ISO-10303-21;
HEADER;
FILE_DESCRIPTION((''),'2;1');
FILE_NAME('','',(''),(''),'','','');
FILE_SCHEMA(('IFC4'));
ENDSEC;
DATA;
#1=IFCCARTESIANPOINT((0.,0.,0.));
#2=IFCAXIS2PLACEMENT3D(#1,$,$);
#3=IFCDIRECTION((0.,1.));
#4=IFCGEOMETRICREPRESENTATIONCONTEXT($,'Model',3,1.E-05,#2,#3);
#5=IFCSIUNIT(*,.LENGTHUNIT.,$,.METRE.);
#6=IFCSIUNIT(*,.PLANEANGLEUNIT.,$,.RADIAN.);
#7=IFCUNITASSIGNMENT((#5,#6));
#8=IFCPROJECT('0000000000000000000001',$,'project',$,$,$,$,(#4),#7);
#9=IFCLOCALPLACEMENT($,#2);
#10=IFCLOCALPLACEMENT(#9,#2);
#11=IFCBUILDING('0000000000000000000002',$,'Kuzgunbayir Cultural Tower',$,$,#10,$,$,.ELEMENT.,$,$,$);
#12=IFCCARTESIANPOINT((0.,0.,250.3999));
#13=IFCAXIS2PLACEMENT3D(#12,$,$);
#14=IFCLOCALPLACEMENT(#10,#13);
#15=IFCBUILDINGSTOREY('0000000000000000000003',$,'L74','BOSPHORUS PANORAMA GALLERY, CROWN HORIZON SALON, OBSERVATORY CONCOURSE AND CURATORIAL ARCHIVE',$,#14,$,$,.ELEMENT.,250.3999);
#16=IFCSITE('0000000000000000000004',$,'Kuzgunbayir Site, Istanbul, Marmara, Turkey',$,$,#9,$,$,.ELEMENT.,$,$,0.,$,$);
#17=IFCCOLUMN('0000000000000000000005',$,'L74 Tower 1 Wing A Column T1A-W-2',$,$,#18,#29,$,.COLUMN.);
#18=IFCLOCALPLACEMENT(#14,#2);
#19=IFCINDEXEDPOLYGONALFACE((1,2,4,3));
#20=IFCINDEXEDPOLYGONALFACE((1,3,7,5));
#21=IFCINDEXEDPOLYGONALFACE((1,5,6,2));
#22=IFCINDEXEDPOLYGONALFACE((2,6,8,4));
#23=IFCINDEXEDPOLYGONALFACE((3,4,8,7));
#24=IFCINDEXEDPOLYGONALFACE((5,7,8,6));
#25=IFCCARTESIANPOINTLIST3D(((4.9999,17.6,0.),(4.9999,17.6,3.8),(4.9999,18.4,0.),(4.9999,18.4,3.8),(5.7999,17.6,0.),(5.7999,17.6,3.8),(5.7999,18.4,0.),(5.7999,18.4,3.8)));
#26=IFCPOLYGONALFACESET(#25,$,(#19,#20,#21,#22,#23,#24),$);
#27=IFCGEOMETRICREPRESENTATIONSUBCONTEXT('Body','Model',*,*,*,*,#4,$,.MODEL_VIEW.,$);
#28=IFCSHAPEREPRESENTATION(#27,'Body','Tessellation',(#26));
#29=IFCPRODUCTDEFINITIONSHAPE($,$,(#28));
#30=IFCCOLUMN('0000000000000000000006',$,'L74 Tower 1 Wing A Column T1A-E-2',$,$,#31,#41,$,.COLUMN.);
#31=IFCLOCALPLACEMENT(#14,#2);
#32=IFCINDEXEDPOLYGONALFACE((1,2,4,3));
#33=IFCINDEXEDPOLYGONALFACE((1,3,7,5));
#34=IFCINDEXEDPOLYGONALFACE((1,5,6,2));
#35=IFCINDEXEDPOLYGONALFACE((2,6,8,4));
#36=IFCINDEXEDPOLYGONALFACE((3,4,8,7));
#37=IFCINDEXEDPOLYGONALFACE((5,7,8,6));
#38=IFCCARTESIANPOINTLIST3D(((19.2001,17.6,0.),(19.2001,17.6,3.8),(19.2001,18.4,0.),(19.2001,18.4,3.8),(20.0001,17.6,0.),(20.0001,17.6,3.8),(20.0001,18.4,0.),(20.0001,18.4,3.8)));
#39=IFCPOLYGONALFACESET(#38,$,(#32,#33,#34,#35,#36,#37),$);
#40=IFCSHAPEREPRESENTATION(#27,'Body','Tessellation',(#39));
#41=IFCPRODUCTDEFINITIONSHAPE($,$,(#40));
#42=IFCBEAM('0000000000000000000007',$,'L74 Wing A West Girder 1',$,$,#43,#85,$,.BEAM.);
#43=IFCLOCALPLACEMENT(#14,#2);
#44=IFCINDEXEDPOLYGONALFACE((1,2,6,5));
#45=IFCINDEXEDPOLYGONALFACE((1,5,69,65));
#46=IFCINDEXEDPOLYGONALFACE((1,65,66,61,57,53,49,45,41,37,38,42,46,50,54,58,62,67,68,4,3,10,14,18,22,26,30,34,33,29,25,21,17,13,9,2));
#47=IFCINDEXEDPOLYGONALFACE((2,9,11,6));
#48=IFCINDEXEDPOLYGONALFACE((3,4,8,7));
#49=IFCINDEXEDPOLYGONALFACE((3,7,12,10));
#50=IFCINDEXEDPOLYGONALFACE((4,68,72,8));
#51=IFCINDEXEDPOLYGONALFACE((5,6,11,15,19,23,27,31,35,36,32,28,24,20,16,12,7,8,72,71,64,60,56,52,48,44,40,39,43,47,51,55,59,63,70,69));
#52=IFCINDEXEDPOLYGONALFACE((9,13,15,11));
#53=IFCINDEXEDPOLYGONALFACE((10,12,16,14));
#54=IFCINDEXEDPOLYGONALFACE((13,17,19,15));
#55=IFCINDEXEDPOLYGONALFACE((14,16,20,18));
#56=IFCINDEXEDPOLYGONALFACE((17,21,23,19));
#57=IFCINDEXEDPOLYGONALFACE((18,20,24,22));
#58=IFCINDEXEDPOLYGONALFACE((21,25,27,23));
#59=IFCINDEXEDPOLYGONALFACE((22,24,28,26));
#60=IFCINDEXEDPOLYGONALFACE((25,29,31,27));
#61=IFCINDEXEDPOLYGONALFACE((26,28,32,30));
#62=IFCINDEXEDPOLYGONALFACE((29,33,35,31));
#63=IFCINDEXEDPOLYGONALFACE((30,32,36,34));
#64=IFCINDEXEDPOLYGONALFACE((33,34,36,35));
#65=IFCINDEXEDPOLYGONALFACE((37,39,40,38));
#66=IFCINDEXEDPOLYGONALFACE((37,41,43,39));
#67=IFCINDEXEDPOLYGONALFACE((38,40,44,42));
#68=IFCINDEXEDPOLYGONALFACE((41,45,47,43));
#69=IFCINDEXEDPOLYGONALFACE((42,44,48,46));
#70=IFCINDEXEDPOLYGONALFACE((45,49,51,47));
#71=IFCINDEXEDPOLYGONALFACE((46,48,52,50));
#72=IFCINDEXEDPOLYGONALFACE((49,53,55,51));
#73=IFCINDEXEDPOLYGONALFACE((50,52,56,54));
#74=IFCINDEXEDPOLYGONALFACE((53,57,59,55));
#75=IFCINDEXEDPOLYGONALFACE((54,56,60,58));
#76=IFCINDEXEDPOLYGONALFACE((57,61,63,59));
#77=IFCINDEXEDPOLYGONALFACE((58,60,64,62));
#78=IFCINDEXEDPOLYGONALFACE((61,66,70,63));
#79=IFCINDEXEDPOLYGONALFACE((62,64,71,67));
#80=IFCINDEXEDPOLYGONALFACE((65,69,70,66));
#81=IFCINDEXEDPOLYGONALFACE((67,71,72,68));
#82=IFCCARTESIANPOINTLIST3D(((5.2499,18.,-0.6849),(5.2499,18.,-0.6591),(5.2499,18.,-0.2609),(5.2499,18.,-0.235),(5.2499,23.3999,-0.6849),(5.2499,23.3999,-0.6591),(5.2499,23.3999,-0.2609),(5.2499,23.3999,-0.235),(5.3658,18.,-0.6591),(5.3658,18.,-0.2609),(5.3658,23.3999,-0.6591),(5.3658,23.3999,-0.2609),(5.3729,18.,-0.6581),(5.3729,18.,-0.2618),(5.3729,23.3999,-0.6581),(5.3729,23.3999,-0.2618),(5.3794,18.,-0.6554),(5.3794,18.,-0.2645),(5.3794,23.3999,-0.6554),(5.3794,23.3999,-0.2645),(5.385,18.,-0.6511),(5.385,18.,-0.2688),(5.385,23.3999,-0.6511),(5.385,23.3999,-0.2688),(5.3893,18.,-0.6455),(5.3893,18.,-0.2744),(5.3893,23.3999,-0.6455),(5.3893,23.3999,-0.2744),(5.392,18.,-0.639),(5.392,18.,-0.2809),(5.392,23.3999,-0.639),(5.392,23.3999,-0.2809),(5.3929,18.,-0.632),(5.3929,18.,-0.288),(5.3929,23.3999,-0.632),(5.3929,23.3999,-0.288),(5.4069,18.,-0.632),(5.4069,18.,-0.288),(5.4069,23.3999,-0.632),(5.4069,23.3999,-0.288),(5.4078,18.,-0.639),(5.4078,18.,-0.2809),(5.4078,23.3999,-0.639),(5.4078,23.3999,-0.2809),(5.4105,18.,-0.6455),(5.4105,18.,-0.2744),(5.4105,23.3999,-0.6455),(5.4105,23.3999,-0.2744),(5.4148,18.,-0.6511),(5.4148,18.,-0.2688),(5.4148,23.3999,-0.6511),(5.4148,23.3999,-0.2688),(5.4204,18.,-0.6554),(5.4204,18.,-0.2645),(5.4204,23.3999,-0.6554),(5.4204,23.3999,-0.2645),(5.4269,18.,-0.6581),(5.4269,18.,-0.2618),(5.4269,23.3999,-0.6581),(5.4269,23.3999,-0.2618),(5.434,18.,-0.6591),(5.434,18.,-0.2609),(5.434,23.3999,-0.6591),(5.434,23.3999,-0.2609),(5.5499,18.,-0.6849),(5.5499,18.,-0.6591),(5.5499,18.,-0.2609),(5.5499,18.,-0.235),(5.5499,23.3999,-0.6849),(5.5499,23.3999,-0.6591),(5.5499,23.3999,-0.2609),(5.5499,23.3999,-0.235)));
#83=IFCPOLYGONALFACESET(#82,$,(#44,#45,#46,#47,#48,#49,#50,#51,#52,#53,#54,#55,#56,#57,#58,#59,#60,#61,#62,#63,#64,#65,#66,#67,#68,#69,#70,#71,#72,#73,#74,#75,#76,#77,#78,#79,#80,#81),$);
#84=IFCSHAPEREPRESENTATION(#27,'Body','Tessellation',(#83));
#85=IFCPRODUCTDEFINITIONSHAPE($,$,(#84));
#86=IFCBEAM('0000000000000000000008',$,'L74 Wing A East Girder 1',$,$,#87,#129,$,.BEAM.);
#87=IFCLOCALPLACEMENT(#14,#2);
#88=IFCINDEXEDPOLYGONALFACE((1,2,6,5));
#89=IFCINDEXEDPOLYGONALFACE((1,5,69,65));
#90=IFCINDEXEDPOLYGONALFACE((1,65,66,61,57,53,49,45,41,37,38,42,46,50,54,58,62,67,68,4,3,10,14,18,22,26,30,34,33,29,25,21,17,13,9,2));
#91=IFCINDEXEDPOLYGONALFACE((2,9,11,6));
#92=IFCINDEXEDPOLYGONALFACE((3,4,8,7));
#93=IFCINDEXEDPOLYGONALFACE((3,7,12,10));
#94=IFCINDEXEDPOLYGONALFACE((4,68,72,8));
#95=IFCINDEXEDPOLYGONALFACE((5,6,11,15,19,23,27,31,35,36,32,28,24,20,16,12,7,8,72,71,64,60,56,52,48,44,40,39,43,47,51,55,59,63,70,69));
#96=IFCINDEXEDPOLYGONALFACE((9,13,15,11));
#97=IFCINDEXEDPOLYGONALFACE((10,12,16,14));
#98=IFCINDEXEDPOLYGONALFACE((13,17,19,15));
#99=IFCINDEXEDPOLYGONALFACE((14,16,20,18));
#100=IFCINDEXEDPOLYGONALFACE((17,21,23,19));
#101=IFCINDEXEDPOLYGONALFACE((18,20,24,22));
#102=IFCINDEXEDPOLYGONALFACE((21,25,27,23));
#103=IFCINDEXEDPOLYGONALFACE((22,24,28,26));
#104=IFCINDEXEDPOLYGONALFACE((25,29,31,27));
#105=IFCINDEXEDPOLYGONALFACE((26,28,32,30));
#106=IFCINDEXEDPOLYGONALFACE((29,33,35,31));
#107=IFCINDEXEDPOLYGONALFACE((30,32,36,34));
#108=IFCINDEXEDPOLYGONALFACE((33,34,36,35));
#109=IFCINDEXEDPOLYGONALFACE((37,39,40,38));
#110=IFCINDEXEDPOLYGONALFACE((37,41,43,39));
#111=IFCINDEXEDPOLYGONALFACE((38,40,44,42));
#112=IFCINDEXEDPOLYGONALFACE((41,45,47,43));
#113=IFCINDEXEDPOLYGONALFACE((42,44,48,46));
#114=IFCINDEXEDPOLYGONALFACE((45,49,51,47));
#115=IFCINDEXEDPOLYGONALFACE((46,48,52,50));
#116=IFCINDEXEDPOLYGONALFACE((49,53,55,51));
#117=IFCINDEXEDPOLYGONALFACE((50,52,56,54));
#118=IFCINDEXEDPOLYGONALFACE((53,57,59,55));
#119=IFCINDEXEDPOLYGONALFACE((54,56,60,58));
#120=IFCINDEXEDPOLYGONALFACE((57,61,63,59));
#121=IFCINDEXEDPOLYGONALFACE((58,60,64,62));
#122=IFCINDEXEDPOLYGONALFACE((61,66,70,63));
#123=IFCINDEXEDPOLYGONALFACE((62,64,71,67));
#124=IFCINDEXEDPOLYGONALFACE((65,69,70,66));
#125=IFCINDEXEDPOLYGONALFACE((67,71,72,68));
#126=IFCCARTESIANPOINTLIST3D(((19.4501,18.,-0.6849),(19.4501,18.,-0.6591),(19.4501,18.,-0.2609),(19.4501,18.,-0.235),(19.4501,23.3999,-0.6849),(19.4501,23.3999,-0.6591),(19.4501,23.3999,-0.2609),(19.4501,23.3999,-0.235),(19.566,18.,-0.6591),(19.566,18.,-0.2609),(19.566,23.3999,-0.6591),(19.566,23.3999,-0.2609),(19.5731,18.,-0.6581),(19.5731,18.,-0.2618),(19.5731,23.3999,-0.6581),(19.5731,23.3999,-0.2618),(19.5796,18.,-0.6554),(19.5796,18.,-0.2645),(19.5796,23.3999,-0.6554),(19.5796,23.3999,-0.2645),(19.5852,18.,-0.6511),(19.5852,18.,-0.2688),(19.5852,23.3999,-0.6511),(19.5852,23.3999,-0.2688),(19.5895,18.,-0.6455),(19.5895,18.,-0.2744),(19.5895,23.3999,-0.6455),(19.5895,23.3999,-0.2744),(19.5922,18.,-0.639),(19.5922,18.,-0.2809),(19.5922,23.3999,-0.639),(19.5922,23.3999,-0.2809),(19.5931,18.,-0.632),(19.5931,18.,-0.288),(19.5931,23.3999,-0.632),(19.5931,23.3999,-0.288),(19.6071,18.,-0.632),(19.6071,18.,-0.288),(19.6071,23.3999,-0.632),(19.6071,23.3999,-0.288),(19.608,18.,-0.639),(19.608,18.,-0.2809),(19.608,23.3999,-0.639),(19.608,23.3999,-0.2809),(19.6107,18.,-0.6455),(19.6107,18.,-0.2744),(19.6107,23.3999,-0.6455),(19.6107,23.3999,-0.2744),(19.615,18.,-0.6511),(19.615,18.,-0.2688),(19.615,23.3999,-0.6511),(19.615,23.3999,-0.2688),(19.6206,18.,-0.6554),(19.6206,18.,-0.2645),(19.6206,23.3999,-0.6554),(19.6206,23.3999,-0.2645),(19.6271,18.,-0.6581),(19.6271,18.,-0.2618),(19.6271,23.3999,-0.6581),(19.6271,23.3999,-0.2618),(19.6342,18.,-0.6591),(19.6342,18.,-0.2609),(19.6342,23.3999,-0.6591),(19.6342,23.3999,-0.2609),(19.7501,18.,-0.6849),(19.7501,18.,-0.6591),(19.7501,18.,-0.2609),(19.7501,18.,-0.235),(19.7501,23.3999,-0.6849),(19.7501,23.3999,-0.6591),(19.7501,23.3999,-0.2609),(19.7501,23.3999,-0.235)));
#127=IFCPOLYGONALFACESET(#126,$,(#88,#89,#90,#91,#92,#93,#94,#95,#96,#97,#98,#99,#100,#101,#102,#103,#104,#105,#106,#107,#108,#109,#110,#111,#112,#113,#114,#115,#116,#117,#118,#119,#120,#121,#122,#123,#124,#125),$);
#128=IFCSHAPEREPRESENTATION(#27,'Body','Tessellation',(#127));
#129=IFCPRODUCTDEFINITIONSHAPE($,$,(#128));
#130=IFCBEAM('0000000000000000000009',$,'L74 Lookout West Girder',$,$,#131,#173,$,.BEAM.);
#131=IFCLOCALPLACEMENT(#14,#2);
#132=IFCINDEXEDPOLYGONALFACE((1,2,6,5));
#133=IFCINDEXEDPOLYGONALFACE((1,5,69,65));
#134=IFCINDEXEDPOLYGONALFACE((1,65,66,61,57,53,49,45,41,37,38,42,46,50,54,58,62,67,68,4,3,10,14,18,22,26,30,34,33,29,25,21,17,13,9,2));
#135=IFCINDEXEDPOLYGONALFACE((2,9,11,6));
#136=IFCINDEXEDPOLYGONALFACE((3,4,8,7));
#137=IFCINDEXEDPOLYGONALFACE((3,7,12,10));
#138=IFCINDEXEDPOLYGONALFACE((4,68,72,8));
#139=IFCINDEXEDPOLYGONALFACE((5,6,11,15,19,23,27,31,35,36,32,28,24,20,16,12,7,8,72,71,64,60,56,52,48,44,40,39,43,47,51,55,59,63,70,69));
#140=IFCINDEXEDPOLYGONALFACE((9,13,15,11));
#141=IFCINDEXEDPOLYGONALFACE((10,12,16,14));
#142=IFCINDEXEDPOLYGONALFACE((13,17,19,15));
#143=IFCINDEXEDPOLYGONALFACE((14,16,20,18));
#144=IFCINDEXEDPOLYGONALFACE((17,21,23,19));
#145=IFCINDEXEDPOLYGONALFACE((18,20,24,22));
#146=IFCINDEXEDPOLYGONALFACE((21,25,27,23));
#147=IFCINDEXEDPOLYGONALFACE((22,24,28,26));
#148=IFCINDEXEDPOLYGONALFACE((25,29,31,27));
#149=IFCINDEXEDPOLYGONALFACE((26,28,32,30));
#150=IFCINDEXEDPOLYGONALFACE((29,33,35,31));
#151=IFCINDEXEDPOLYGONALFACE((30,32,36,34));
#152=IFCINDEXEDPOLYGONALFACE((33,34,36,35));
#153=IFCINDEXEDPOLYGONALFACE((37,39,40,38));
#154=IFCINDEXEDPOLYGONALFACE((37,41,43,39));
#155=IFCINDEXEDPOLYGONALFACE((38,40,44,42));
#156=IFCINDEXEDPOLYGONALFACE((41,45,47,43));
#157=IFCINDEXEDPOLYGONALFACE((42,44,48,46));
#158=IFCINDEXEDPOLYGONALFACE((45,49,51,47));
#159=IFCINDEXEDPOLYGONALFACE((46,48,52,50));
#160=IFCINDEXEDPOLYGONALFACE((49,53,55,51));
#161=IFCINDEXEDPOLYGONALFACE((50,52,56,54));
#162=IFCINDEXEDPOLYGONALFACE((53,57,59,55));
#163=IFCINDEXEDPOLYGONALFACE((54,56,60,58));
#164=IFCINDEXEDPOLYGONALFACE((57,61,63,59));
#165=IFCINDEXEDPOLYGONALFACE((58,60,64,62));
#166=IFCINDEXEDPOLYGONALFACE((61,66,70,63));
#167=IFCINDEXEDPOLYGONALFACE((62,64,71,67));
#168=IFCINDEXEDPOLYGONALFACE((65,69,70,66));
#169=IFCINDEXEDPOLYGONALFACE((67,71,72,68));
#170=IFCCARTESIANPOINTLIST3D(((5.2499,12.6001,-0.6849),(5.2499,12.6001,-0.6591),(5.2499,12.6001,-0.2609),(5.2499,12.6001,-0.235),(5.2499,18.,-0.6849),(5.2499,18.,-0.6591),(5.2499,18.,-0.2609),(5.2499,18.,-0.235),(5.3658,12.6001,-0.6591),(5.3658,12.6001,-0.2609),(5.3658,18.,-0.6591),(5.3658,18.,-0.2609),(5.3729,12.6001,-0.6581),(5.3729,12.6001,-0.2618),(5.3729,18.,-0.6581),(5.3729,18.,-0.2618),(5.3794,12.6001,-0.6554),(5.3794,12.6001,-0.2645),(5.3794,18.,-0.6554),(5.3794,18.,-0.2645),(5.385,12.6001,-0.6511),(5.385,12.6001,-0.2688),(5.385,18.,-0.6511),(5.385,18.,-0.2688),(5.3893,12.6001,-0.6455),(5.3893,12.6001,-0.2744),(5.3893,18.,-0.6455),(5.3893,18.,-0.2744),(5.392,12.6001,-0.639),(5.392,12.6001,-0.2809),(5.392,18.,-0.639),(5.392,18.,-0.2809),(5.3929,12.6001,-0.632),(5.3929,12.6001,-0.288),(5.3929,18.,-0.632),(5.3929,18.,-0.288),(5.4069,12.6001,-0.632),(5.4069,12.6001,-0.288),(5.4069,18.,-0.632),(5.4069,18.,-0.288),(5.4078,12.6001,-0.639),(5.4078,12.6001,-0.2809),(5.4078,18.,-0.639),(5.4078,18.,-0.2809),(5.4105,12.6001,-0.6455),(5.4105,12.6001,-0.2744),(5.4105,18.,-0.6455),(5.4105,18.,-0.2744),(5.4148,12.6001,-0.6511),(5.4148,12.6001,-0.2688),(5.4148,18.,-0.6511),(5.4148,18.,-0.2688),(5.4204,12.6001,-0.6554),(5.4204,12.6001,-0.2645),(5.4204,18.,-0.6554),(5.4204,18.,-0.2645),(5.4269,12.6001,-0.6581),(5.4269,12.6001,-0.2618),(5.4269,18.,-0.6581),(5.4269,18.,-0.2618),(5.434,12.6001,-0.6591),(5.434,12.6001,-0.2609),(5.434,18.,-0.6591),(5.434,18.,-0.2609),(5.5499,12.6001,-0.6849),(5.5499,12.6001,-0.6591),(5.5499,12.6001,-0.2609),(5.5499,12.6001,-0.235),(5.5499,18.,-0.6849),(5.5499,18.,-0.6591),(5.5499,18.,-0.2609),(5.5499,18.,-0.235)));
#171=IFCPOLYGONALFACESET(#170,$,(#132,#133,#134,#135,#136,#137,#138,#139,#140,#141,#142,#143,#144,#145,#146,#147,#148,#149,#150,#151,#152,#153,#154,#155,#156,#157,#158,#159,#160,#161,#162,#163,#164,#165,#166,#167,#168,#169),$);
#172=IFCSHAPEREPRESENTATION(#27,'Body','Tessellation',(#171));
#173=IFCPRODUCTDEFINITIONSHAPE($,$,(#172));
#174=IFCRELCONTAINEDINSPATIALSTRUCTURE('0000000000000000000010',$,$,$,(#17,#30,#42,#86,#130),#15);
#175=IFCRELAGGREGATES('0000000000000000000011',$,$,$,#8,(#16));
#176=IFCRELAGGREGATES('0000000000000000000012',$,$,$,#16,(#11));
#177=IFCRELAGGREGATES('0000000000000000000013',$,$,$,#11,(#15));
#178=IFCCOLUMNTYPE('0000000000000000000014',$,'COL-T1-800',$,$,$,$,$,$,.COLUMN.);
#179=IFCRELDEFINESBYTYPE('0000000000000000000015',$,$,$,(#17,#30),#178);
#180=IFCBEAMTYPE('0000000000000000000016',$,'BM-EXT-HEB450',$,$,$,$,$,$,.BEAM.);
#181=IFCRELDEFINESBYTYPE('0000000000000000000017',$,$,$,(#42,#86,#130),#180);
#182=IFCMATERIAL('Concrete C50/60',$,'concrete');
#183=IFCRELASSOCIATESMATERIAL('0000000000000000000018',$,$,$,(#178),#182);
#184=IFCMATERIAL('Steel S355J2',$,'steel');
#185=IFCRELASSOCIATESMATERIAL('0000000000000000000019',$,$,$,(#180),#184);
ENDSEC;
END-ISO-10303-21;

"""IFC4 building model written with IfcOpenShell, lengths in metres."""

from ifc_helpers import new_model, si_unit, direction, frame, origin, origin_2d, place, context, subcontext, project, spatial, rectangle, i_section, extrude, material, material_profile, profile_set, type_object, element, save


model = new_model("IFC4")

# Units and contexts
model_context = context("Model", 3, precision=1e-05, world=origin(), true_north=direction((0.0, 1.0)))
body_context = subcontext(model_context, "Body", "Model", "MODEL_VIEW")
ifc_project = project(units=[si_unit("LENGTHUNIT", "METRE"), si_unit("PLANEANGLEUNIT", "RADIAN")], contexts=[model_context])

# Site, building, storey
site_placement = place(None, origin())
site = spatial("IfcSite", under=ifc_project, at=site_placement, Name="Kuzgunbayir Site, Istanbul, Marmara, Turkey", CompositionType="ELEMENT", RefElevation=0.0)
building_placement = place(site_placement, origin())
building = spatial("IfcBuilding", under=site, at=building_placement, Name="Kuzgunbayir Cultural Tower", CompositionType="ELEMENT")
storey_placement = place(building_placement, frame((0.0, 0.0, 250.3999)))
storey = spatial("IfcBuildingStorey", under=building, at=storey_placement, Name="L74", Description="BOSPHORUS PANORAMA GALLERY, CROWN HORIZON SALON, OBSERVATORY CONCOURSE AND CURATORIAL ARCHIVE", CompositionType="ELEMENT", Elevation=250.3999)

# Columns
ifc_material_1 = material(Name="Concrete C50/60", Category="concrete")
ifc_material_profile_1 = material_profile(ifc_material_1, rectangle(XDim=0.8, YDim=0.8, at=origin_2d()), Name="RC 800x800")
ifc_profile_set_1 = profile_set([ifc_material_profile_1], Name="Concrete C50/60")
column_type = type_object("IfcColumnType", Name="COL-T1-800", PredefinedType="COLUMN", material=ifc_profile_set_1)
for number, where, z_axis, x_axis, name in (
    (1, (5.3999, 18.0, 0.0), (0.0, 0.0, 1.0), (1.0, 0.0, 0.0), "L74 Tower 1 Wing A Column T1A-W-2"),
    (2, (19.6001, 18.0, 0.0), (0.0, 0.0, 1.0), (1.0, 0.0, 0.0), "L74 Tower 1 Wing A Column T1A-E-2"),
):
    element("IfcColumn", number, at=place(storey_placement, frame(where, z_axis=z_axis, x_axis=x_axis)), inside=storey, type_object=column_type, Name=name, PredefinedType="COLUMN", context=body_context, shape_type="SweptSolid", body=[
        extrude(rectangle(XDim=0.8, YDim=0.8, at=origin_2d()), origin(), (0.0, 0.0, 1.0), 3.8),
    ])

# Beams
ifc_material_2 = material(Name="Steel S355J2", Category="steel")
ifc_material_profile_2 = material_profile(ifc_material_2, i_section(OverallWidth=0.3, OverallDepth=0.45, WebThickness=0.0139, FlangeThickness=0.0259, FilletRadius=0.0271, at=origin_2d()), Name="HEB 450")
ifc_profile_set_2 = profile_set([ifc_material_profile_2], Name="Steel S355J2")
beam_type_1 = type_object("IfcBeamType", Name="BM-EXT-HEB450", PredefinedType="BEAM", material=ifc_profile_set_2)
for number, where, z_axis, x_axis, name in (
    (3, (5.3999, 18.0, -0.46), (0.0, 1.0, 0.0), (-1.0, 0.0, 0.0), "L74 Wing A West Girder 1"),
    (4, (19.6001, 18.0, -0.46), (0.0, 1.0, 0.0), (-1.0, 0.0, 0.0), "L74 Wing A East Girder 1"),
    (5, (5.3999, 12.6001, -0.46), (0.0, 1.0, 0.0), (-1.0, 0.0, 0.0), "L74 Lookout West Girder"),
):
    element("IfcBeam", number, at=place(storey_placement, frame(where, z_axis=z_axis, x_axis=x_axis)), inside=storey, type_object=beam_type_1, Name=name, PredefinedType="BEAM", context=body_context, shape_type="SweptSolid", body=[
        extrude(i_section(OverallWidth=0.3, OverallDepth=0.45, WebThickness=0.0139, FlangeThickness=0.0259, FilletRadius=0.0271, at=origin_2d()), origin(), (0.0, 0.0, 1.0), 5.3999),
    ])

save(model, "model.ifc")
